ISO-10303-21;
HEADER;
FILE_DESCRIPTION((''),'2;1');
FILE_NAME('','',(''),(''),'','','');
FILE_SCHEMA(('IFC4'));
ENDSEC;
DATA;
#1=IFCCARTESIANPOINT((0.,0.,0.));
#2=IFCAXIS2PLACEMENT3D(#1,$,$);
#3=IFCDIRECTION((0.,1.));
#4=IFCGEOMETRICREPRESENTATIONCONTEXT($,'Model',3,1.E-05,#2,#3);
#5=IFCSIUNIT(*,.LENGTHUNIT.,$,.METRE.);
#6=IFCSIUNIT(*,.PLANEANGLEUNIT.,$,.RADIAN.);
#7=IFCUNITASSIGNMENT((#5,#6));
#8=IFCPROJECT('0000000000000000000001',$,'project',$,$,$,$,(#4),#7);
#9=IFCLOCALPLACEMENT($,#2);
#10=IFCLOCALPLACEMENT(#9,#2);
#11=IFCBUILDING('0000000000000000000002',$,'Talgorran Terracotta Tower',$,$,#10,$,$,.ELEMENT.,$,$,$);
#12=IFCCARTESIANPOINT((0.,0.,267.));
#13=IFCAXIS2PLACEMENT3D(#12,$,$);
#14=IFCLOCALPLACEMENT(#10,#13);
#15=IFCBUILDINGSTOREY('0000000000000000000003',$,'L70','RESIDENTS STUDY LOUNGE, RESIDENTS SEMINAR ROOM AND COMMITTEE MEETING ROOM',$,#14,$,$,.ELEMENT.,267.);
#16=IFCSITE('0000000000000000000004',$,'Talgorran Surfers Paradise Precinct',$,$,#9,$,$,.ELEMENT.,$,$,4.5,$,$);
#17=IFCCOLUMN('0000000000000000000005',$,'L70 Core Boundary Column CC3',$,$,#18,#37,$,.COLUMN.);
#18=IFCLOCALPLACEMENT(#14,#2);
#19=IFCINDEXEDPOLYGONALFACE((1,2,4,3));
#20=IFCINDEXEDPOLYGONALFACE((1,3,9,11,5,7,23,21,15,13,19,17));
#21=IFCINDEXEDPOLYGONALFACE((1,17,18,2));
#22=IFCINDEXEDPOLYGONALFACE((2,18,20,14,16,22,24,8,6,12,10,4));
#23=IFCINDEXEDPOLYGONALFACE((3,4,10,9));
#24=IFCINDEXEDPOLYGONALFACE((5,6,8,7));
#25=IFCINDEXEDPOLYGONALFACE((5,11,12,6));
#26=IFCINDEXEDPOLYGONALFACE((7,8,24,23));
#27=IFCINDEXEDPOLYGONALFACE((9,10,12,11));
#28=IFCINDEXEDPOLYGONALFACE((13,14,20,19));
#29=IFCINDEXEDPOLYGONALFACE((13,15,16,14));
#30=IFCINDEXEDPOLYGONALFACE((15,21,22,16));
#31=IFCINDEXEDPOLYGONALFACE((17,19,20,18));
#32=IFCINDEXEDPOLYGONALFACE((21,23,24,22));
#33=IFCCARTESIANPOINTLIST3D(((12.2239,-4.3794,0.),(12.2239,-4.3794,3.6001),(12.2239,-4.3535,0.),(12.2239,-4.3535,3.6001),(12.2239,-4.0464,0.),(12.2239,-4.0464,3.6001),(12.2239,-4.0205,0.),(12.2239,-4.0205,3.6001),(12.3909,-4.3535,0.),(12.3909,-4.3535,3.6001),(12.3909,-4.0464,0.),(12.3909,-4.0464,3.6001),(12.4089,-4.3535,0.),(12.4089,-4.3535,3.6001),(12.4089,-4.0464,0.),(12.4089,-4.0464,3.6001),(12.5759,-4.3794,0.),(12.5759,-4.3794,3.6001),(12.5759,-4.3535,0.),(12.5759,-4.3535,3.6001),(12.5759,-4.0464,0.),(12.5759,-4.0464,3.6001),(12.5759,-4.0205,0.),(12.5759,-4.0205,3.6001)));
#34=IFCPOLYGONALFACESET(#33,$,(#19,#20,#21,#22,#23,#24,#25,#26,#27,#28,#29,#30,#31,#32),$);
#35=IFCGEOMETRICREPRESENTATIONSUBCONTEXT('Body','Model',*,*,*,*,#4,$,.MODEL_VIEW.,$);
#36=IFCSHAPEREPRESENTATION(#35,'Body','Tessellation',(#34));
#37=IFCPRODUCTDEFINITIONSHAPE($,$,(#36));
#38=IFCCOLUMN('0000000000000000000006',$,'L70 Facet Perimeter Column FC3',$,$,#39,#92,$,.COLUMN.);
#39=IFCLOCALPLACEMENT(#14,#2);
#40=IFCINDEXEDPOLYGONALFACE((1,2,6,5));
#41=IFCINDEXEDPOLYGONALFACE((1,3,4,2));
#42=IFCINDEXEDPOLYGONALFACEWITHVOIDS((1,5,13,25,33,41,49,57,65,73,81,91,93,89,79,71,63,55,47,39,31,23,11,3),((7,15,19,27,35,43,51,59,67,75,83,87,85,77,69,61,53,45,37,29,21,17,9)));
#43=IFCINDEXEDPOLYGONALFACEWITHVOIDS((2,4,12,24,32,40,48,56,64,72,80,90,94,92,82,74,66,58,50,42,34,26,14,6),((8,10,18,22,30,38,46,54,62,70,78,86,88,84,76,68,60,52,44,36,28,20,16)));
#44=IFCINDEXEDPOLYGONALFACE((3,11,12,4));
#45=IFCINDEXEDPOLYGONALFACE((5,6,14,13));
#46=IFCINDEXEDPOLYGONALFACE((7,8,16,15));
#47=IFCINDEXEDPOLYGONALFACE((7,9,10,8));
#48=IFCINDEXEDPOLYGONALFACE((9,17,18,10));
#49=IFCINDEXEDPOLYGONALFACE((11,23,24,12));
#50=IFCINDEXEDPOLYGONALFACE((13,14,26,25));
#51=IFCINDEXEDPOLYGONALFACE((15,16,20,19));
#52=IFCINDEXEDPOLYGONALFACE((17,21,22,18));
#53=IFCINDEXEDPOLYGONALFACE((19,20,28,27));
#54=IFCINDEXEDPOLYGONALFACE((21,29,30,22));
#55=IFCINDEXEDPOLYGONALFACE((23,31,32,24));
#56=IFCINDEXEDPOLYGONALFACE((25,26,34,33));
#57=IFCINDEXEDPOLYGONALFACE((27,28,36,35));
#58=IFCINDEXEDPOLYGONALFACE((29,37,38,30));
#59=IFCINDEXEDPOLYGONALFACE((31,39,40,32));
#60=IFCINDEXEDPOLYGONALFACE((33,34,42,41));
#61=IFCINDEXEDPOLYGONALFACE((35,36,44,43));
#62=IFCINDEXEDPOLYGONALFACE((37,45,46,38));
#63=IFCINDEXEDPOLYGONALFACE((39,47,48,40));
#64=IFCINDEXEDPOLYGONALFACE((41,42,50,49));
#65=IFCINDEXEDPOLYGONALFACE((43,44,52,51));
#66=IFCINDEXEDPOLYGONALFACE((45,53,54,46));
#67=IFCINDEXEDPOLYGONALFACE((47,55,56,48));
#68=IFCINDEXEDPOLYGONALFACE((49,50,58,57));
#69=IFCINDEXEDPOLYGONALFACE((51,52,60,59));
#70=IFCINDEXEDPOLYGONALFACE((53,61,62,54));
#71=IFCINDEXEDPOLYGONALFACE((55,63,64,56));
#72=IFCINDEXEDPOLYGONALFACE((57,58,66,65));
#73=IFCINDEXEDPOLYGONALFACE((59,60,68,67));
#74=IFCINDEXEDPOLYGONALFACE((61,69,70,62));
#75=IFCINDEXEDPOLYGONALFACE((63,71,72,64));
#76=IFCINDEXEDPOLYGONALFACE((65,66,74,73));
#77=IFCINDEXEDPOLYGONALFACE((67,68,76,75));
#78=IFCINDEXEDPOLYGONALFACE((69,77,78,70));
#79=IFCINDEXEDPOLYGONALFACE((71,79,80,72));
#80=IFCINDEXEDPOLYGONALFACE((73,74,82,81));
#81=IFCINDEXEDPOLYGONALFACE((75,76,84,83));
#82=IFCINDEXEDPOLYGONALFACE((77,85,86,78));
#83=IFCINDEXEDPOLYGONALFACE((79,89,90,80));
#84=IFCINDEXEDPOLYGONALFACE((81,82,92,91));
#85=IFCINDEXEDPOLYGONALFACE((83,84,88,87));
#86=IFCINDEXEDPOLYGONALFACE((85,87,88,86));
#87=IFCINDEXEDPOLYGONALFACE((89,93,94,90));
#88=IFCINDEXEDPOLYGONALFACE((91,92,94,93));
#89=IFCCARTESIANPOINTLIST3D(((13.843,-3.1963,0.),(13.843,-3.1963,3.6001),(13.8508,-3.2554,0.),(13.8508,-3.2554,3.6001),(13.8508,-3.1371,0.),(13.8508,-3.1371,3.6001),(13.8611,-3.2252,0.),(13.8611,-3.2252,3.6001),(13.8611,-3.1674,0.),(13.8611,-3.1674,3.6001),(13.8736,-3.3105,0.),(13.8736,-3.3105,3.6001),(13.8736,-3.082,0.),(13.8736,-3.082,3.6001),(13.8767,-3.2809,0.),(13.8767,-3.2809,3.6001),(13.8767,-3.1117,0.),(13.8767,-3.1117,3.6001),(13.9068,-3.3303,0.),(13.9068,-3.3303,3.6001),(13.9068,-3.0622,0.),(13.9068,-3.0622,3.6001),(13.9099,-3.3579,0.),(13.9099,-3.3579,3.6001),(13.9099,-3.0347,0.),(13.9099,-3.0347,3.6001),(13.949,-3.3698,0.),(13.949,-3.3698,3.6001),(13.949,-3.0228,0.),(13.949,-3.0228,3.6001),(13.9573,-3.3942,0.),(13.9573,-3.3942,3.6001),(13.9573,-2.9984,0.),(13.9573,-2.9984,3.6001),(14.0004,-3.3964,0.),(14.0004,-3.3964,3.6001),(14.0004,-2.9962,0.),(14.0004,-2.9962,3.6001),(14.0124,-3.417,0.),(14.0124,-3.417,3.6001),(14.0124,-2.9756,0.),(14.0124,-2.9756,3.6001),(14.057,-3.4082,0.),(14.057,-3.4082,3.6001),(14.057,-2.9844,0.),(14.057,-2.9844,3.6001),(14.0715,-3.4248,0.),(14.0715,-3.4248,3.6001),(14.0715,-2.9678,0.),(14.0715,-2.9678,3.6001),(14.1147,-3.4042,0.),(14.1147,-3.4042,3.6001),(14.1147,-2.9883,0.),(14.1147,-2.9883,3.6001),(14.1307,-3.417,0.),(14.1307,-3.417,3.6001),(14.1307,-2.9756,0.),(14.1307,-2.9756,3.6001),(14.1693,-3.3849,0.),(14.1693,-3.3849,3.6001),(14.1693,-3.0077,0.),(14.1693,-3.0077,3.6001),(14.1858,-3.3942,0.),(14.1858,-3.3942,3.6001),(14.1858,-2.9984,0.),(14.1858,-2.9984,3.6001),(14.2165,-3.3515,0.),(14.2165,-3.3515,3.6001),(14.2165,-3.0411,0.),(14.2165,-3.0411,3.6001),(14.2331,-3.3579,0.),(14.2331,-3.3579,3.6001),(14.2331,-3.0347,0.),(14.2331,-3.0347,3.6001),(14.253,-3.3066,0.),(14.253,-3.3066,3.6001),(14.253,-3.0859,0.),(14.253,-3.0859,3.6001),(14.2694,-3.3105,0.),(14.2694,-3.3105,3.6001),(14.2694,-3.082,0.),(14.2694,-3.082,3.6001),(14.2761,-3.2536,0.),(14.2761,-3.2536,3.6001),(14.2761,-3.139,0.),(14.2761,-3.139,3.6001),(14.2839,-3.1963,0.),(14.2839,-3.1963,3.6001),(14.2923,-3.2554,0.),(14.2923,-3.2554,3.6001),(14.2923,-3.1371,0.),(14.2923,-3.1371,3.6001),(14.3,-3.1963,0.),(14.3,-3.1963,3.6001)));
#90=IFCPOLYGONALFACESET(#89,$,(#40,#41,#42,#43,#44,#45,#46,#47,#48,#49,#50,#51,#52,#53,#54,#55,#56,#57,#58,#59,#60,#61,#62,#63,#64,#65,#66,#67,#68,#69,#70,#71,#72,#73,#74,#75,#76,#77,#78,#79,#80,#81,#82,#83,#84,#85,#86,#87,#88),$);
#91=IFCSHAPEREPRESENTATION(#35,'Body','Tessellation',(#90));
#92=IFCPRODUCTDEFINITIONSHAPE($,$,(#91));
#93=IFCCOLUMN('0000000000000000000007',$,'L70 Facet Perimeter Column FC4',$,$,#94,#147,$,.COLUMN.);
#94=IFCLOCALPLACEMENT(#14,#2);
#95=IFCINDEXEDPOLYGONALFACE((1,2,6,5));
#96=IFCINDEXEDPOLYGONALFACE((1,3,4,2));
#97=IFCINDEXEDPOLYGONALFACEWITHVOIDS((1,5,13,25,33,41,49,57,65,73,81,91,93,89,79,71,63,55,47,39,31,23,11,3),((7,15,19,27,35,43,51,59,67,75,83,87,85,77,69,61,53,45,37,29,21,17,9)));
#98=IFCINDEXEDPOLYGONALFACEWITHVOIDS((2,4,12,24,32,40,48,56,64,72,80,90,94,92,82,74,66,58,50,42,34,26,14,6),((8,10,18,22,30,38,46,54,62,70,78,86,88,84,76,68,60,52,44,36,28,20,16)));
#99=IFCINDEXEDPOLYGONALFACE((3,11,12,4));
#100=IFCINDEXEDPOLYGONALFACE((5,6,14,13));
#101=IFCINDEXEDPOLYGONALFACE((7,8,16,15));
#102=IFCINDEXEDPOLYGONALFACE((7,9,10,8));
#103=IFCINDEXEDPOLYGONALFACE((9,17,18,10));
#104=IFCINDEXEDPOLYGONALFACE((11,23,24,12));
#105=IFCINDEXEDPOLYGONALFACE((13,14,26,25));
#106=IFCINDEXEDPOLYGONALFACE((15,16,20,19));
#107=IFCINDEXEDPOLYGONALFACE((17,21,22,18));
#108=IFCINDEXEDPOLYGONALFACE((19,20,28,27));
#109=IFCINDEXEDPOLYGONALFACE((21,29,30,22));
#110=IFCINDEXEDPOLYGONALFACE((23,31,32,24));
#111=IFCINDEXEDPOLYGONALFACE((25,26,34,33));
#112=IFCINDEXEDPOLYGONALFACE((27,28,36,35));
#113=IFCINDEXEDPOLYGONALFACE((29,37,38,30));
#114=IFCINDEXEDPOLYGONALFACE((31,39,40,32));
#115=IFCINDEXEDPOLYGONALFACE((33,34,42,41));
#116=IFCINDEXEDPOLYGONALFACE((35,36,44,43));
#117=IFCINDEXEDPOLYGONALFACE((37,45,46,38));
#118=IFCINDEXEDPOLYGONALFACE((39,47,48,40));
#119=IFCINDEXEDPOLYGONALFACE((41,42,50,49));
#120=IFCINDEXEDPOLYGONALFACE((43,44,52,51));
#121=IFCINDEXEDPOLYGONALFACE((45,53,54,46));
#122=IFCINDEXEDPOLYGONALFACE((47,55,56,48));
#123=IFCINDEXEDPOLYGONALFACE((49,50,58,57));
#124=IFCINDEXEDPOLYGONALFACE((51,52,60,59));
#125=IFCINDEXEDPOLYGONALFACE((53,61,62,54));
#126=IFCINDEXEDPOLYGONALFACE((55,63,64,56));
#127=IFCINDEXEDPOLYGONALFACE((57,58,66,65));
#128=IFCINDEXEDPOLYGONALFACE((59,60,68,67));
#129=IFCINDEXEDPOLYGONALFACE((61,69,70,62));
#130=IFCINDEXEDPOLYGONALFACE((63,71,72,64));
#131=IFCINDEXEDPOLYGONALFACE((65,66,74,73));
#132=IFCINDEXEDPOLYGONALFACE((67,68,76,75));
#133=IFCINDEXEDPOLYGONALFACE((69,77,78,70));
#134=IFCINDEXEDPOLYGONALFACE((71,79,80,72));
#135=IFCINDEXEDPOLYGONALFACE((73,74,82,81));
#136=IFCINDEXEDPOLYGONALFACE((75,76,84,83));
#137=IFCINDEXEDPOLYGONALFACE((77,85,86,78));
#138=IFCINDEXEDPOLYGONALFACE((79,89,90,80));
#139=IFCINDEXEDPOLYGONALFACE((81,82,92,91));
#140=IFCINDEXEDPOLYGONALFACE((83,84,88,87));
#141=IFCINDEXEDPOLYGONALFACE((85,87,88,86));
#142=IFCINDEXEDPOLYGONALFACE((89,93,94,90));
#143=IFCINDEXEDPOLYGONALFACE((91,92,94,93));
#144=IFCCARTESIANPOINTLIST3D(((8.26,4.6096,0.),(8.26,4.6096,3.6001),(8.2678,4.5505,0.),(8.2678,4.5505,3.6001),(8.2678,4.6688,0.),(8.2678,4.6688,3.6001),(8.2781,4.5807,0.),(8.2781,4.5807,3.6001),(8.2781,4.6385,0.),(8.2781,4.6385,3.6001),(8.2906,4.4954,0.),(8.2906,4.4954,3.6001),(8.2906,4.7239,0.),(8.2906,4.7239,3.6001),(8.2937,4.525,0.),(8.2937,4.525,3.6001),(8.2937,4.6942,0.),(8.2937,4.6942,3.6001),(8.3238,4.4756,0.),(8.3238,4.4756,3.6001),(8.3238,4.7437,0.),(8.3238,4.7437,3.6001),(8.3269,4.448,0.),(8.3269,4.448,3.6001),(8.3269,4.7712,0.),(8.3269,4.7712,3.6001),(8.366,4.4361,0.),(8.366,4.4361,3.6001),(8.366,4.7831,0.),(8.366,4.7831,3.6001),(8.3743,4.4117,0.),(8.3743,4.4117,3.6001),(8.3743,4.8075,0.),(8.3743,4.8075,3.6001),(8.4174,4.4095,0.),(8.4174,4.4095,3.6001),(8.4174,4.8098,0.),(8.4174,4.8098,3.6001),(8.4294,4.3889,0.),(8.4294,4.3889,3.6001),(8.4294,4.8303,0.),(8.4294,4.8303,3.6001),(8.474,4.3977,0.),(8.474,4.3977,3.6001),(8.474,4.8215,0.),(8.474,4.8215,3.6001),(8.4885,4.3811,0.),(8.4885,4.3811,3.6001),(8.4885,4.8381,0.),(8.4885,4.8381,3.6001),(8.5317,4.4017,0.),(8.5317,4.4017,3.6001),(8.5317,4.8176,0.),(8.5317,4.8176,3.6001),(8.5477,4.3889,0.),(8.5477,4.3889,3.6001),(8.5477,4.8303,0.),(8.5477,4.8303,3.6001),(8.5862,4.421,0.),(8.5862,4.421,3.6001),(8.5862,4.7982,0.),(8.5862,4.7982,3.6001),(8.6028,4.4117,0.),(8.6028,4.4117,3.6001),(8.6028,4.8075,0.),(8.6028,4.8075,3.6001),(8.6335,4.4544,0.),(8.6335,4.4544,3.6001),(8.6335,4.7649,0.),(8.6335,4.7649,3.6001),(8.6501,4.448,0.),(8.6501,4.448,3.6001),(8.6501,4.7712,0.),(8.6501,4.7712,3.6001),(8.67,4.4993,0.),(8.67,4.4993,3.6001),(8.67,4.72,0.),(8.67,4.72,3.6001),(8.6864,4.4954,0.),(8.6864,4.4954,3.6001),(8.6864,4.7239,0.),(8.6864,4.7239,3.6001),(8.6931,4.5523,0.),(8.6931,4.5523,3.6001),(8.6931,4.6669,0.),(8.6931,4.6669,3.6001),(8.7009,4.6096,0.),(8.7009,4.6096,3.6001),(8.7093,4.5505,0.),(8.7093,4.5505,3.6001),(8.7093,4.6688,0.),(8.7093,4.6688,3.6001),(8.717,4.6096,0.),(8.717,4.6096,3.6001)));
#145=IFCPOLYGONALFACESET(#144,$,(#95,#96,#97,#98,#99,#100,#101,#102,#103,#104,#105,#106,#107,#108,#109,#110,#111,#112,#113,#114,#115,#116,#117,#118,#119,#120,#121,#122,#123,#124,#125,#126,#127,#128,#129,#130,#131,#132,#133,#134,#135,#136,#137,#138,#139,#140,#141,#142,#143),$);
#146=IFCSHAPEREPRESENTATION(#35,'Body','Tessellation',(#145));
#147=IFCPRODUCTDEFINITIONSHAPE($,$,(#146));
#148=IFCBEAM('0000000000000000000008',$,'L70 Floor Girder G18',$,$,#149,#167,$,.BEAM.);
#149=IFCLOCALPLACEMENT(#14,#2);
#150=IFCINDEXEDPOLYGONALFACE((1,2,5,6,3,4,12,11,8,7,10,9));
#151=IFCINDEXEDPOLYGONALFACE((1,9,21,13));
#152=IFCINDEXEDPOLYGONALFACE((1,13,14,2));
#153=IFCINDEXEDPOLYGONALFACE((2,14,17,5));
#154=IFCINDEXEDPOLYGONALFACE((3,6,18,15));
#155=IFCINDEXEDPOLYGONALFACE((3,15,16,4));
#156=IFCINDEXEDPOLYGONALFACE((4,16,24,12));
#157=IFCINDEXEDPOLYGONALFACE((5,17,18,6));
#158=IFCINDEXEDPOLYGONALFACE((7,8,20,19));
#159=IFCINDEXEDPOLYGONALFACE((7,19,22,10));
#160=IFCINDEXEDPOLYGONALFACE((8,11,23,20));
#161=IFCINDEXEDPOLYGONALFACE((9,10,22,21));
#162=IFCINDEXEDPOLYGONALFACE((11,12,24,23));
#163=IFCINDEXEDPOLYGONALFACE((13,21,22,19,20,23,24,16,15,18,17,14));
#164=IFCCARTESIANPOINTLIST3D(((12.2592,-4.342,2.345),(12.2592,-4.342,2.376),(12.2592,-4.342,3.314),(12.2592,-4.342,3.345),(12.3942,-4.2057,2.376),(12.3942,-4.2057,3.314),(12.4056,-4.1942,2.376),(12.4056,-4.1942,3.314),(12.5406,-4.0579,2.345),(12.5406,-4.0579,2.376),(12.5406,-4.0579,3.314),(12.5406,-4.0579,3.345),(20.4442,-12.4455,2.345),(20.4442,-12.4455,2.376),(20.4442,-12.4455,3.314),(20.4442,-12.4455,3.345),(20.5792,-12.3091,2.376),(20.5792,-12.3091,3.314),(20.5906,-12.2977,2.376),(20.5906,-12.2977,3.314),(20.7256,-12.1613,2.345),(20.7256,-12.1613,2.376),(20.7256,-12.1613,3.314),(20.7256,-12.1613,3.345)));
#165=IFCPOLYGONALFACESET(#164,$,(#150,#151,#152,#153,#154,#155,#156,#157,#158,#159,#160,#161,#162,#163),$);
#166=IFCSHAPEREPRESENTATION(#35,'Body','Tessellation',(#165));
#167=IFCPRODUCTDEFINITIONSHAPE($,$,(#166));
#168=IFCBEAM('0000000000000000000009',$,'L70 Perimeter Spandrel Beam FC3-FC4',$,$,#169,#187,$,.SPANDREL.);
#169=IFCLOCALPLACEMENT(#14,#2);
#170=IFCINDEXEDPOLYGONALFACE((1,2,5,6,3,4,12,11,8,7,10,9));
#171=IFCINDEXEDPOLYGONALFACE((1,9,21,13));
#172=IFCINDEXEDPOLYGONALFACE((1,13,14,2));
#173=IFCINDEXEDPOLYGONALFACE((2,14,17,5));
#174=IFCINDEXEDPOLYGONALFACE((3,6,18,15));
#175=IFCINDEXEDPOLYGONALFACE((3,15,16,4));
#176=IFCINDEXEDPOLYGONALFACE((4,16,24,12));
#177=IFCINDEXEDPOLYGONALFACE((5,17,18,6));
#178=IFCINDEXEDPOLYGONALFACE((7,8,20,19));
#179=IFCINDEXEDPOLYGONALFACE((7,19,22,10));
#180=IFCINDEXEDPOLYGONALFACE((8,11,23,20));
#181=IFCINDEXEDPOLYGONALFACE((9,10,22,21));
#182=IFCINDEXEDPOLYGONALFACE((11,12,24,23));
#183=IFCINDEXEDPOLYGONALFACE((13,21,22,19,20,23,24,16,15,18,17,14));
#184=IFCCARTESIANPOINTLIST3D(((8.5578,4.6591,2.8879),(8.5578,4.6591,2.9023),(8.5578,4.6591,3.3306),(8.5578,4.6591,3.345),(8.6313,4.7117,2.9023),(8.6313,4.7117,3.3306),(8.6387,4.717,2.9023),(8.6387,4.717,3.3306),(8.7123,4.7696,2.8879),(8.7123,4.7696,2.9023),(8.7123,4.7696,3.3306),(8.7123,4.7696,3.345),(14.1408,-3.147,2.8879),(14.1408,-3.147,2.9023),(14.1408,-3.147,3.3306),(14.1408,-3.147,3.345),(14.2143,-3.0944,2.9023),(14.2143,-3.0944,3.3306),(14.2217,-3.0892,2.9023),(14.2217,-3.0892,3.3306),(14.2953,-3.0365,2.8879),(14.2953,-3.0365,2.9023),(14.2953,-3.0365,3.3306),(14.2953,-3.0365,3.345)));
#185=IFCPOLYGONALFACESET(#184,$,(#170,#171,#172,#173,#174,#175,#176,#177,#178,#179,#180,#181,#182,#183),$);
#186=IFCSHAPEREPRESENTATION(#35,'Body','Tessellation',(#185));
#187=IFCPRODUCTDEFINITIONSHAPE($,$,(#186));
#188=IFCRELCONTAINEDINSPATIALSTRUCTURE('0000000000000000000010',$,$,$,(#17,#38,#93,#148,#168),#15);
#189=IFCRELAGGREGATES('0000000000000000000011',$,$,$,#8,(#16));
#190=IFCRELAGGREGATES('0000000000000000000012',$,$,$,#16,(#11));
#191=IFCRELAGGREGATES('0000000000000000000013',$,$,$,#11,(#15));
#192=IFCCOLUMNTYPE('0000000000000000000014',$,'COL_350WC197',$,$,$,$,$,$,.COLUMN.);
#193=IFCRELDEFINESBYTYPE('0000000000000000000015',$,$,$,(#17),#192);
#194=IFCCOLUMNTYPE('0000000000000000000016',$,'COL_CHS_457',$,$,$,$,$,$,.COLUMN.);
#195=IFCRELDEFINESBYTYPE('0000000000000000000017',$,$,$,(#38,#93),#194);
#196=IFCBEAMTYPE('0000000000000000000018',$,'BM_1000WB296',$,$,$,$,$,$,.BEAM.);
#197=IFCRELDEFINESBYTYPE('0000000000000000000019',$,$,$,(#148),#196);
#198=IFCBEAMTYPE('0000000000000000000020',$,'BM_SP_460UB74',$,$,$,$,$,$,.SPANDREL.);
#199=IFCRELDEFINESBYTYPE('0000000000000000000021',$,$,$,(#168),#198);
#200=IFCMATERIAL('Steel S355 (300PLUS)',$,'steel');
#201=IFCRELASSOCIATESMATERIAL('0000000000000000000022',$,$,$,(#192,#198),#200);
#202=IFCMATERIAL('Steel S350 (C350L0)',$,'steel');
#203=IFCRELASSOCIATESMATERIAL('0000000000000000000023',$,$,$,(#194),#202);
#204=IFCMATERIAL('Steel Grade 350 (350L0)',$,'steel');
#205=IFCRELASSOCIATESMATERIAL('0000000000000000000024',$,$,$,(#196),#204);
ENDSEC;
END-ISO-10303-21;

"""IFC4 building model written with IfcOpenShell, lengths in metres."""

from ifc_helpers import new_model, si_unit, direction, frame, origin, origin_2d, place, context, subcontext, project, spatial, hollow_circle, i_section, extrude, material, material_profile, profile_set, type_object, element, save


model = new_model("IFC4")

# Units and contexts
model_context = context("Model", 3, precision=1e-05, world=origin(), true_north=direction((0.0, 1.0)))
body_context = subcontext(model_context, "Body", "Model", "MODEL_VIEW")
ifc_project = project(units=[si_unit("LENGTHUNIT", "METRE"), si_unit("PLANEANGLEUNIT", "RADIAN")], contexts=[model_context])

# Site, building, storey
site_placement = place(None, origin())
site = spatial("IfcSite", under=ifc_project, at=site_placement, Name="Talgorran Surfers Paradise Precinct", CompositionType="ELEMENT", RefElevation=4.5)
building_placement = place(site_placement, origin())
building = spatial("IfcBuilding", under=site, at=building_placement, Name="Talgorran Terracotta Tower", CompositionType="ELEMENT")
storey_placement = place(building_placement, frame((0.0, 0.0, 267.0)))
storey = spatial("IfcBuildingStorey", under=building, at=storey_placement, Name="L70", Description="RESIDENTS STUDY LOUNGE, RESIDENTS SEMINAR ROOM AND COMMITTEE MEETING ROOM", CompositionType="ELEMENT", Elevation=267.0)

# Columns
ifc_material_1 = material(Name="Steel S355 (300PLUS)", Category="steel")
ifc_material_profile_1 = material_profile(ifc_material_1, i_section(OverallWidth=0.3521, OverallDepth=0.3589, WebThickness=0.0181, FlangeThickness=0.0259, at=origin_2d()), Name="350WC197")
ifc_profile_set_1 = profile_set([ifc_material_profile_1], Name="Steel S355 (300PLUS)")
column_type_1 = type_object("IfcColumnType", Name="COL_350WC197", PredefinedType="COLUMN", material=ifc_profile_set_1)
column_placement = place(storey_placement, frame((12.3999, -4.2, 0.0), z_axis=(0.0, 0.0, 1.0), x_axis=(1.0, 0.0, 0.0)))
element("IfcColumn", 1, at=column_placement, inside=storey, type_object=column_type_1, Name="L70 Core Boundary Column CC3", PredefinedType="COLUMN", context=body_context, shape_type="SweptSolid", body=[
    extrude(i_section(OverallWidth=0.3521, OverallDepth=0.3589, WebThickness=0.0181, FlangeThickness=0.0259, at=origin_2d()), origin(), (0.0, 0.0, 1.0), 3.6001),
])
ifc_material_2 = material(Name="Steel S350 (C350L0)", Category="steel")
ifc_material_profile_2 = material_profile(ifc_material_2, hollow_circle(Radius=0.2285, WallThickness=0.0161, at=origin_2d()), Name="CHS457X16")
ifc_profile_set_2 = profile_set([ifc_material_profile_2], Name="Steel S350 (C350L0)")
column_type_2 = type_object("IfcColumnType", Name="COL_CHS_457", PredefinedType="COLUMN", material=ifc_profile_set_2)
for number, where, z_axis, x_axis, name in (
    (2, (14.0715, -3.1963, 0.0), (0.0, 0.0, 1.0), (1.0, 0.0, 0.0), "L70 Facet Perimeter Column FC3"),
    (3, (8.4885, 4.6096, 0.0), (0.0, 0.0, 1.0), (1.0, 0.0, 0.0), "L70 Facet Perimeter Column FC4"),
):
    element("IfcColumn", number, at=place(storey_placement, frame(where, z_axis=z_axis, x_axis=x_axis)), inside=storey, type_object=column_type_2, Name=name, PredefinedType="COLUMN", context=body_context, shape_type="SweptSolid", body=[
        extrude(hollow_circle(Radius=0.2285, WallThickness=0.0161, at=origin_2d()), origin(), (0.0, 0.0, 1.0), 3.6001),
    ])

# Beams
ifc_material_3 = material(Name="Steel Grade 350 (350L0)", Category="steel")
ifc_material_profile_3 = material_profile(ifc_material_3, i_section(OverallWidth=0.3999, OverallDepth=1.0, WebThickness=0.0161, FlangeThickness=0.031, at=origin_2d()), Name="1000WB296")
ifc_profile_set_3 = profile_set([ifc_material_profile_3], Name="Steel Grade 350 (350L0)")
beam_type_1 = type_object("IfcBeamType", Name="BM_1000WB296", PredefinedType="BEAM", material=ifc_profile_set_3)
beam_1_placement = place(storey_placement, frame((12.3999, -4.2, 2.845), z_axis=(0.710638, -0.703558, 0.0), x_axis=(0.703558, 0.710638, 0.0)))
element("IfcBeam", 4, at=beam_1_placement, inside=storey, type_object=beam_type_1, Name="L70 Floor Girder G18", PredefinedType="BEAM", context=body_context, shape_type="SweptSolid", body=[
    extrude(i_section(OverallWidth=0.3999, OverallDepth=1.0, WebThickness=0.0161, FlangeThickness=0.031, at=origin_2d()), origin(), (0.0, 0.0, 1.0), 11.5178),
])
ifc_material_profile_4 = material_profile(ifc_material_1, i_section(OverallWidth=0.1899, OverallDepth=0.457, WebThickness=0.009, FlangeThickness=0.0144, at=origin_2d()), Name="460UB74.6")
ifc_profile_set_4 = profile_set([ifc_material_profile_4], Name="Steel S355 (300PLUS)")
beam_type_2 = type_object("IfcBeamType", Name="BM_SP_460UB74", PredefinedType="SPANDREL", material=ifc_profile_set_4)
beam_2_placement = place(storey_placement, frame((14.218, -3.0918, 3.1165), z_axis=(-0.581734, 0.813379, 0.0), x_axis=(-0.813379, -0.581734, 0.0)))
element("IfcBeam", 5, at=beam_2_placement, inside=storey, type_object=beam_type_2, Name="L70 Perimeter Spandrel Beam FC3-FC4", PredefinedType="SPANDREL", context=body_context, shape_type="SweptSolid", body=[
    extrude(i_section(OverallWidth=0.1899, OverallDepth=0.457, WebThickness=0.009, FlangeThickness=0.0144, at=origin_2d()), origin(), (0.0, 0.0, 1.0), 9.5972),
])

save(model, "model.ifc")
